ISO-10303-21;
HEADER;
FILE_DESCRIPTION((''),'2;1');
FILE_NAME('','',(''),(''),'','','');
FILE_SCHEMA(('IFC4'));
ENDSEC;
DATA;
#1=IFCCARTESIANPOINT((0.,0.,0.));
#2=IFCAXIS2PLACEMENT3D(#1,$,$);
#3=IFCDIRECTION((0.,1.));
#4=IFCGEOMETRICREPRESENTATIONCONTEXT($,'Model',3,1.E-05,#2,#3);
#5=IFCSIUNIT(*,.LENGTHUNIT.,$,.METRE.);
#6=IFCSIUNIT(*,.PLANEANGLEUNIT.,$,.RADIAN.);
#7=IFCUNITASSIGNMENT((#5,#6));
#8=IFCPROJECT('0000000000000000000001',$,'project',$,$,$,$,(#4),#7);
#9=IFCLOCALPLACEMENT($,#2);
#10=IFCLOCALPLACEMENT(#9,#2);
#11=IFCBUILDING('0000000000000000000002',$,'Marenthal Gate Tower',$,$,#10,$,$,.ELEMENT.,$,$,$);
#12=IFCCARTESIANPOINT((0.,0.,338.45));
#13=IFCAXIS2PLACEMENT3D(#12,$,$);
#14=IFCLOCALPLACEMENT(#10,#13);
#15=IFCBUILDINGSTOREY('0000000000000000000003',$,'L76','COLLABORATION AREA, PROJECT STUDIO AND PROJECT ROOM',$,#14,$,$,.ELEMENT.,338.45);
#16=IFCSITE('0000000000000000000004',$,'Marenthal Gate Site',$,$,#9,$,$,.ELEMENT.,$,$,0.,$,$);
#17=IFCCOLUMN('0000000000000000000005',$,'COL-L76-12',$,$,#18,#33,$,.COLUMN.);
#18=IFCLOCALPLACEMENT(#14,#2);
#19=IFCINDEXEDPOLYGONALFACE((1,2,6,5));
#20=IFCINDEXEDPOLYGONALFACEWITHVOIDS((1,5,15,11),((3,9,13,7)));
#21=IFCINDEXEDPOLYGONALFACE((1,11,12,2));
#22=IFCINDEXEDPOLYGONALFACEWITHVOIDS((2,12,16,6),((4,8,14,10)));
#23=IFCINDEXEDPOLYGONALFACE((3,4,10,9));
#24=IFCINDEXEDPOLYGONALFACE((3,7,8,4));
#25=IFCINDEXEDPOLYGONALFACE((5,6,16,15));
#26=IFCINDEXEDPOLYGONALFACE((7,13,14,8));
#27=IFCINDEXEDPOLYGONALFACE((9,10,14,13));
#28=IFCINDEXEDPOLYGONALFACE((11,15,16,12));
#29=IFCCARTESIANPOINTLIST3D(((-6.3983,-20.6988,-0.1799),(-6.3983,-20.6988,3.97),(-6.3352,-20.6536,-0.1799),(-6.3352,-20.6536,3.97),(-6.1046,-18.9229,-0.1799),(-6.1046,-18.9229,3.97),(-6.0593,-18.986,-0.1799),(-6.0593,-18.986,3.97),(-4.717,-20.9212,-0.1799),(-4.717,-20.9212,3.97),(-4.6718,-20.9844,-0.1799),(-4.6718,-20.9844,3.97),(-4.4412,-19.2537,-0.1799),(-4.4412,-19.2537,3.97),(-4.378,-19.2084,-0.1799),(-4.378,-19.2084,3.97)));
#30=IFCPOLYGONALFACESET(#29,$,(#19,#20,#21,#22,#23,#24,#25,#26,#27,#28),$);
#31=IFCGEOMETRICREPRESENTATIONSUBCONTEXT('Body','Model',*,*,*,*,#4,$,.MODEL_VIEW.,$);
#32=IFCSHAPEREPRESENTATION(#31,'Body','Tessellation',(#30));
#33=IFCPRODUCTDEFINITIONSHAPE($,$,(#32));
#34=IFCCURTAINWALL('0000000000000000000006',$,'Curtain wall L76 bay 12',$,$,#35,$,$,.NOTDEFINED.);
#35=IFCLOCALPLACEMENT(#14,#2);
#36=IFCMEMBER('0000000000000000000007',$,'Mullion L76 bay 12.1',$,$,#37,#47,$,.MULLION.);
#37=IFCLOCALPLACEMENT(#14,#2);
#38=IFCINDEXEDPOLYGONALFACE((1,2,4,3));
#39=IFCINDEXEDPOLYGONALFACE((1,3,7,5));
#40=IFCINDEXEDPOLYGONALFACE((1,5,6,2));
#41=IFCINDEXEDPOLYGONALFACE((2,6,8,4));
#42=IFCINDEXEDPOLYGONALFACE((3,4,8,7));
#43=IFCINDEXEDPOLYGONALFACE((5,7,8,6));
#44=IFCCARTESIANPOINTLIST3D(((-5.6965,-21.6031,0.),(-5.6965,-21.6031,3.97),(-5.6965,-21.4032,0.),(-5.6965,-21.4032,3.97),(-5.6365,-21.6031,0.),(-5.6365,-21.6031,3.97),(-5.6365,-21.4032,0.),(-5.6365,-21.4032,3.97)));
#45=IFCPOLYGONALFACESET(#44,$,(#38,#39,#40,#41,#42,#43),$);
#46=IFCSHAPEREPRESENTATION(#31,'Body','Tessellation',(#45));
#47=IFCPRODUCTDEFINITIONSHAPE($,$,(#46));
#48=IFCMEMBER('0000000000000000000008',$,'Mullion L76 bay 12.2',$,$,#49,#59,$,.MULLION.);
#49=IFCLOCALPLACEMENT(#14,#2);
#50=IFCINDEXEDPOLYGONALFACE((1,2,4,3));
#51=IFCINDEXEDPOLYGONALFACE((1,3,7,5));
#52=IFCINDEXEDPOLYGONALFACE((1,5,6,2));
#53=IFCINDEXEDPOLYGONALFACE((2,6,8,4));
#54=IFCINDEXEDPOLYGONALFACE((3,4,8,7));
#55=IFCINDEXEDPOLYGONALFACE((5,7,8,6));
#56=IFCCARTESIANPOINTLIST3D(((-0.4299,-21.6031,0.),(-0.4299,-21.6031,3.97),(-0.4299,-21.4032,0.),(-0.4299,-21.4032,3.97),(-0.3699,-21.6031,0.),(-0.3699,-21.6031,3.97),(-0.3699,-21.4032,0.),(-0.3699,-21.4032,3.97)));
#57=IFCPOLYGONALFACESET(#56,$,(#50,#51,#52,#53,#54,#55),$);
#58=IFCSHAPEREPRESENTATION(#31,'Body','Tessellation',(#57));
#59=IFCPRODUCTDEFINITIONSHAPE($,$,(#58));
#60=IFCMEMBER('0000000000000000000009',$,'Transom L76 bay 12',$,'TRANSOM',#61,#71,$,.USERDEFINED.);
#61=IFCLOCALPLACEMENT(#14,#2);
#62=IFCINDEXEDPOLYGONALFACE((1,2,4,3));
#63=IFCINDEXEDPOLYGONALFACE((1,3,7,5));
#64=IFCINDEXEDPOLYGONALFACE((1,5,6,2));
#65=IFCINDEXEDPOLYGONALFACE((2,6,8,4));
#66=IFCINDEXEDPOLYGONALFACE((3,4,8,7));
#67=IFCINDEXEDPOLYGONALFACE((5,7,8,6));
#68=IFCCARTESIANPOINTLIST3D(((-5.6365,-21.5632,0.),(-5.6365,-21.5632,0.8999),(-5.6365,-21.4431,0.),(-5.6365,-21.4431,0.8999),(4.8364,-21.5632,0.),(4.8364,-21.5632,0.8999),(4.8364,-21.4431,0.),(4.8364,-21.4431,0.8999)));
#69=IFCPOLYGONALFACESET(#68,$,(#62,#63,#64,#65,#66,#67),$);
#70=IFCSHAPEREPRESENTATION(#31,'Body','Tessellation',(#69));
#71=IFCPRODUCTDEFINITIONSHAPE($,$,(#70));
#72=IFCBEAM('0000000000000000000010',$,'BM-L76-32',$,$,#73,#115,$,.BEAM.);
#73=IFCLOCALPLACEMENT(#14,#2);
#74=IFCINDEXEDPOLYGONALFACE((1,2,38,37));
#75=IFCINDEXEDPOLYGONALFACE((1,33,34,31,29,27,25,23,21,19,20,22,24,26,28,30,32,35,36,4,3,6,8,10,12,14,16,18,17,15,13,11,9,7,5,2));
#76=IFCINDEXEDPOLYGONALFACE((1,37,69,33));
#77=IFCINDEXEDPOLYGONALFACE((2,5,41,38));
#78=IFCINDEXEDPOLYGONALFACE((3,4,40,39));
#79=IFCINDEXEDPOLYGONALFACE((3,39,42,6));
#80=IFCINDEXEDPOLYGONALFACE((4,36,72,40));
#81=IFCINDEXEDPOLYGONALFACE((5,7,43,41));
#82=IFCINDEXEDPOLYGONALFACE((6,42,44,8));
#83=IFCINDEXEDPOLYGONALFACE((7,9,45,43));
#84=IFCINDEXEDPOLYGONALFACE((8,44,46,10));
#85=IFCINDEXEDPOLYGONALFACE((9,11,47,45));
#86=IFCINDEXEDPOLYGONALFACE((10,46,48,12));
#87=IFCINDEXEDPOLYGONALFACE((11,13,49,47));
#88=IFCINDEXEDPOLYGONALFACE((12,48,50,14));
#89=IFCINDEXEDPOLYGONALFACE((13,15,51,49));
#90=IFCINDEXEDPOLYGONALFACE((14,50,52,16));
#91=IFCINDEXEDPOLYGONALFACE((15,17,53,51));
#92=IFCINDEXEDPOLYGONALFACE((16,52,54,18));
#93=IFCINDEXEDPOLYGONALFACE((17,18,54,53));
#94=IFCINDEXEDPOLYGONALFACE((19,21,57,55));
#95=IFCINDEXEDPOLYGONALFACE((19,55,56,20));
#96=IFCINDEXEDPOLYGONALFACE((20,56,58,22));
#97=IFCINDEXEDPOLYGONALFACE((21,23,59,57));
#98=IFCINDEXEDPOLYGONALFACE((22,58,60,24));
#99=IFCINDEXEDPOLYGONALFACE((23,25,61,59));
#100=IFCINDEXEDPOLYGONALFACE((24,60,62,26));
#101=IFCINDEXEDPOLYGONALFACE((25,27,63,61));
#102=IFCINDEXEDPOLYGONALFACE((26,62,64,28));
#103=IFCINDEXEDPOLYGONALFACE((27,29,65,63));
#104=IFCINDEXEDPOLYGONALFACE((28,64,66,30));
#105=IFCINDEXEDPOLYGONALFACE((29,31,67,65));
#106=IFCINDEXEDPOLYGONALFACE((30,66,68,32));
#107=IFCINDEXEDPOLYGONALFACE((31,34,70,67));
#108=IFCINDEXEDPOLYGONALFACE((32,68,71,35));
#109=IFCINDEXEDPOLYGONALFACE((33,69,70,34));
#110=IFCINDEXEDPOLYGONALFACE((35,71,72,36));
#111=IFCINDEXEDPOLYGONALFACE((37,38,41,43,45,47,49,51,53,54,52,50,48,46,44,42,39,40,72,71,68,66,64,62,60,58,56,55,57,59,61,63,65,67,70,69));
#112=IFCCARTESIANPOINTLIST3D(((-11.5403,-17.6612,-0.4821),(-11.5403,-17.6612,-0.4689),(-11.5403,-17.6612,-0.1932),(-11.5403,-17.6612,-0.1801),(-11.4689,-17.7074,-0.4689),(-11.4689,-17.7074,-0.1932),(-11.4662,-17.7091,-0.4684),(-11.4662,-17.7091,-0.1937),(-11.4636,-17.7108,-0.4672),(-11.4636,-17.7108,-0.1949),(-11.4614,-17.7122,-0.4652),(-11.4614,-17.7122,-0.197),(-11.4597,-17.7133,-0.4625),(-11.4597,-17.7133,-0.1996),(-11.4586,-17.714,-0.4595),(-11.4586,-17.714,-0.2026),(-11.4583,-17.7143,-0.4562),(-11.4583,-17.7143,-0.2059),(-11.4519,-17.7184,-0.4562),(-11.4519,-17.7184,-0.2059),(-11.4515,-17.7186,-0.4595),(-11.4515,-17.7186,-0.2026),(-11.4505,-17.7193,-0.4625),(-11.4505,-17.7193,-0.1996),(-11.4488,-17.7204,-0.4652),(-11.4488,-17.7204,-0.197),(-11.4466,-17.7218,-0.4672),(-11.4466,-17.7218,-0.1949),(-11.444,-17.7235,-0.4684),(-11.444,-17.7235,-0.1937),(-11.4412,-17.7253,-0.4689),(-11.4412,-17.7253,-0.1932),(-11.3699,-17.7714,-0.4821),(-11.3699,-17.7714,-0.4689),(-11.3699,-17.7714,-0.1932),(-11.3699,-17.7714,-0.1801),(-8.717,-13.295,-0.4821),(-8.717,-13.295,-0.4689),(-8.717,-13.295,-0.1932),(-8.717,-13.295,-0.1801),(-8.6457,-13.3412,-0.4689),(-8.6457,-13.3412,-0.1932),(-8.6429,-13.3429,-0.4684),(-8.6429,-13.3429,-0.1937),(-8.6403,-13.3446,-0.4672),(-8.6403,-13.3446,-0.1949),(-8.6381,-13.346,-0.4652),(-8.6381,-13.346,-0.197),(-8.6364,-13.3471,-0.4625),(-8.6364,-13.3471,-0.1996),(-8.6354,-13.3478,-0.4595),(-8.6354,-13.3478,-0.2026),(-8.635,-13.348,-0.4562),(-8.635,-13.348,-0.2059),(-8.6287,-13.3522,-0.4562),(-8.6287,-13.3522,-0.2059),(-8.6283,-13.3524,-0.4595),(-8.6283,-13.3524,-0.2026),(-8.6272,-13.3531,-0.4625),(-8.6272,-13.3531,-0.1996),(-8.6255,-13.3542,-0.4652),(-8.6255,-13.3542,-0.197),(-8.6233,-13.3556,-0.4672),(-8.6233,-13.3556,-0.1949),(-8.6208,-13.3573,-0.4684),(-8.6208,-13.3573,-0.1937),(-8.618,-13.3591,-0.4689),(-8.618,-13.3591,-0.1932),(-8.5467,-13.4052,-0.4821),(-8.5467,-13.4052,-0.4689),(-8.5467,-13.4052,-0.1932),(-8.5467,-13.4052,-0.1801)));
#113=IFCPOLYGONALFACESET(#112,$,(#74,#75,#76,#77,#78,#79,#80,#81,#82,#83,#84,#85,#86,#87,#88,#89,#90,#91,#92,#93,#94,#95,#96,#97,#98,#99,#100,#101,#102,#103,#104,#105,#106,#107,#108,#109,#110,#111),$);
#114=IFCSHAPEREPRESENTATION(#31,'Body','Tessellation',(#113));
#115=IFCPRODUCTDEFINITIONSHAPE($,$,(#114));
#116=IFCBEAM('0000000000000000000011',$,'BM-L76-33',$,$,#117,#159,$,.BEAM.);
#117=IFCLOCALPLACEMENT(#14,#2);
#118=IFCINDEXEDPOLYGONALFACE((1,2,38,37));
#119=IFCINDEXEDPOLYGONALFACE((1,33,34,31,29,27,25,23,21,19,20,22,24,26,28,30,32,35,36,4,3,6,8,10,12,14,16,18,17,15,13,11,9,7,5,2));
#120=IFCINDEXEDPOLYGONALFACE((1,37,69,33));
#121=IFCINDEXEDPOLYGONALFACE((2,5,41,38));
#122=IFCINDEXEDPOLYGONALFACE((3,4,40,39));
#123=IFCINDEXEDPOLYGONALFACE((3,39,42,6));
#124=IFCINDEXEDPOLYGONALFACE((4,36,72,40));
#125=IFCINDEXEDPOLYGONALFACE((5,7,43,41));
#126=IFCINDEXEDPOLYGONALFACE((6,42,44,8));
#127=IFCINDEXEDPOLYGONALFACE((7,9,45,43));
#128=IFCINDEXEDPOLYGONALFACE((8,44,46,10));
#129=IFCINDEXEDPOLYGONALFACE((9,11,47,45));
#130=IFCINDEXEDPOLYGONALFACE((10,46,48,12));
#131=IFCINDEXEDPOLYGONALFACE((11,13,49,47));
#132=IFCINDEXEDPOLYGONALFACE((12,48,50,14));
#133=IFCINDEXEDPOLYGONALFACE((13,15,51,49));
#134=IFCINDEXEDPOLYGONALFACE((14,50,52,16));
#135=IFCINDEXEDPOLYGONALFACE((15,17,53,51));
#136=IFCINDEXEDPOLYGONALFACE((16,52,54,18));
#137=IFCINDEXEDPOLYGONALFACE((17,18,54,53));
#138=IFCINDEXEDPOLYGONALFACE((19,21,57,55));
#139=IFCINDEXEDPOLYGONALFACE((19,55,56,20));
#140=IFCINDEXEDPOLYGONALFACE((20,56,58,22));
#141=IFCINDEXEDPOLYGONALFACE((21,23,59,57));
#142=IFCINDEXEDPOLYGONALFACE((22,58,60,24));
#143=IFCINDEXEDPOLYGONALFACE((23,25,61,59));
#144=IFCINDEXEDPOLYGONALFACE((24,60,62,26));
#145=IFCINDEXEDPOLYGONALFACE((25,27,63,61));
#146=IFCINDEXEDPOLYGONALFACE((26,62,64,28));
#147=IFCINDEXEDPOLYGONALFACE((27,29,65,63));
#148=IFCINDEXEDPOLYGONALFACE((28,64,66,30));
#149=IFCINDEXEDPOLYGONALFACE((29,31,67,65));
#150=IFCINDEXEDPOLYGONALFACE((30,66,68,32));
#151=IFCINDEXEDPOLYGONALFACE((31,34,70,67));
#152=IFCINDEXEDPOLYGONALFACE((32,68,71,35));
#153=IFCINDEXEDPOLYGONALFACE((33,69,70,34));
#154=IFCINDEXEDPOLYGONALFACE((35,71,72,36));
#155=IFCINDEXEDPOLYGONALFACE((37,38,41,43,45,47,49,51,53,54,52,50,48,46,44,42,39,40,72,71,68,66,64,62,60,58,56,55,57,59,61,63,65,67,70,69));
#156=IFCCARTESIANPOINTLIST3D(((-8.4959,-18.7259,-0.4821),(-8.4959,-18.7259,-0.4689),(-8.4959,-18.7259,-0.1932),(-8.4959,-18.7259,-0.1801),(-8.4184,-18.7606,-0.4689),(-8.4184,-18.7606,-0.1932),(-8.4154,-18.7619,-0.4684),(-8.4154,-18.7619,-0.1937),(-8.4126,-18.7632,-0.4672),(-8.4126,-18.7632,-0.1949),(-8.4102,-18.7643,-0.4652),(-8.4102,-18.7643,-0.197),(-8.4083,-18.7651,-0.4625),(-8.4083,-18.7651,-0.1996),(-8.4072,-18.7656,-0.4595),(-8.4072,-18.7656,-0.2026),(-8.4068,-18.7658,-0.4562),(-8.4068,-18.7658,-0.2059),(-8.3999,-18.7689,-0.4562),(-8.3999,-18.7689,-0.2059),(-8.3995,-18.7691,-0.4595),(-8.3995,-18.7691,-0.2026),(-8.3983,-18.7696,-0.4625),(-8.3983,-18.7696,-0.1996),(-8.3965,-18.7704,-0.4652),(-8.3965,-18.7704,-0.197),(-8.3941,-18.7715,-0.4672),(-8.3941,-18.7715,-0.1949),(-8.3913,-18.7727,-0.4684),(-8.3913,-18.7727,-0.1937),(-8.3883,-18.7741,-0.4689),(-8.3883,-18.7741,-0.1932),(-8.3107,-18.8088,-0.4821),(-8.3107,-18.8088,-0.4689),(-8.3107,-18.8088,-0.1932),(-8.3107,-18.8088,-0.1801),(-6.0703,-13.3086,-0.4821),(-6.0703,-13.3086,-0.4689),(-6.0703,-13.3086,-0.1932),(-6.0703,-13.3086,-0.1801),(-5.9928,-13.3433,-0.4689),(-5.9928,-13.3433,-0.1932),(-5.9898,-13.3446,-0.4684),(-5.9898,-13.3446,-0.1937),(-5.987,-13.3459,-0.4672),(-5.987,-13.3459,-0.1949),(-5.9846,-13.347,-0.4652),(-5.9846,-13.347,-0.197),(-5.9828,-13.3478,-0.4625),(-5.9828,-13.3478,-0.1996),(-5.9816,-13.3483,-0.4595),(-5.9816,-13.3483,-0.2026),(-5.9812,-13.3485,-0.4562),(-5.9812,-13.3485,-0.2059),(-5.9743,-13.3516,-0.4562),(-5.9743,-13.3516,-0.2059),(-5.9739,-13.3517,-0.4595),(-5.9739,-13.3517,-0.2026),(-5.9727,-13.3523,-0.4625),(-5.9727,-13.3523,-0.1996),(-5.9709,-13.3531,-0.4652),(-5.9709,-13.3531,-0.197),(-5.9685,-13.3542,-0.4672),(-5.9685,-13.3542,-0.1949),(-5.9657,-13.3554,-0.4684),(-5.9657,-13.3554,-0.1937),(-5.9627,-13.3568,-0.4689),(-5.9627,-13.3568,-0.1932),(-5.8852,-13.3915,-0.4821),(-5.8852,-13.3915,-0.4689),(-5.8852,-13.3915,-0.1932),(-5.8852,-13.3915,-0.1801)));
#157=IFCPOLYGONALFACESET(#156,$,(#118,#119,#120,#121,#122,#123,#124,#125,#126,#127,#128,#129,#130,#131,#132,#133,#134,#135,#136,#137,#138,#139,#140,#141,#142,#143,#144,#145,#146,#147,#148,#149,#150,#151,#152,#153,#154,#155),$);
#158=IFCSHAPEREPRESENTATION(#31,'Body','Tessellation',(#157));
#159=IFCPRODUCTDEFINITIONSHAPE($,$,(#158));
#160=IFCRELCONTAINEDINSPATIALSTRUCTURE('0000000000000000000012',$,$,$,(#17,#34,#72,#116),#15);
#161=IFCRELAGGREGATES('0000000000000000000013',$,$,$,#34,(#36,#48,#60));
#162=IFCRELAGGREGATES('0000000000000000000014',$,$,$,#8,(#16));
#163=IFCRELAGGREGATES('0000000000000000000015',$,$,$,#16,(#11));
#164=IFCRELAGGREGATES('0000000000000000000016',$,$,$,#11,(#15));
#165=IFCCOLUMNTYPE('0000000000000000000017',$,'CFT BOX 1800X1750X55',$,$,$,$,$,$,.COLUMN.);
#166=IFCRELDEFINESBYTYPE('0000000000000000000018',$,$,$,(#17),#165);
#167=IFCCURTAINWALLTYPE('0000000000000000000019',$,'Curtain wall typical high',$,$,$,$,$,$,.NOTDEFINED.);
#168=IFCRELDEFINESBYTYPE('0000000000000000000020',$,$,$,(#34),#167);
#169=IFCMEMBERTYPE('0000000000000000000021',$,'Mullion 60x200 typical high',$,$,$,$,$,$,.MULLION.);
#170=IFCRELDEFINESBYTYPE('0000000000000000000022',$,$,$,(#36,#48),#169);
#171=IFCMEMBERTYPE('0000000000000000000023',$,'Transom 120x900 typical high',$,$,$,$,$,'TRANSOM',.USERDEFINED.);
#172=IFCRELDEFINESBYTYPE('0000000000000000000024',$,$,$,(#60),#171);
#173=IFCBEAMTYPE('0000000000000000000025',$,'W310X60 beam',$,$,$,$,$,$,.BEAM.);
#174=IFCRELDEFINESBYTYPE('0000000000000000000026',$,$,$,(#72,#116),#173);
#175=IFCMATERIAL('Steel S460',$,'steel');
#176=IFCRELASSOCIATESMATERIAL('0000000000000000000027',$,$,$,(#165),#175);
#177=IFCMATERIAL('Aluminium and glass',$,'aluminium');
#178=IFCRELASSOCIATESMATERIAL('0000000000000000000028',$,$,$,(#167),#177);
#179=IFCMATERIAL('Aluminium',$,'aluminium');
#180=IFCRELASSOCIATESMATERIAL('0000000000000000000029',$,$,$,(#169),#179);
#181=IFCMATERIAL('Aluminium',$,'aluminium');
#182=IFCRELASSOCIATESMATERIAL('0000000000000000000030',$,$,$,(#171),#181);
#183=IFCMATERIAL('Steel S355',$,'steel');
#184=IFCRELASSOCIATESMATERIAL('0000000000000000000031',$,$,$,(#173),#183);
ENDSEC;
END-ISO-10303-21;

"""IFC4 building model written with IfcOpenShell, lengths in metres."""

from ifc_helpers import new_model, si_unit, direction, frame, origin, origin_2d, place, context, subcontext, project, spatial, rectangle, hollow_rectangle, i_section, extrude, material, material_profile, profile_set, type_object, element, aggregate, save


model = new_model("IFC4")

# Units and contexts
model_context = context("Model", 3, precision=1e-05, world=origin(), true_north=direction((0.0, 1.0)))
body_context = subcontext(model_context, "Body", "Model", "MODEL_VIEW")
ifc_project = project(units=[si_unit("LENGTHUNIT", "METRE"), si_unit("PLANEANGLEUNIT", "RADIAN")], contexts=[model_context])

# Site, building, storey
site_placement = place(None, origin())
site = spatial("IfcSite", under=ifc_project, at=site_placement, Name="Marenthal Gate Site", CompositionType="ELEMENT", RefElevation=0.0)
building_placement = place(site_placement, origin())
building = spatial("IfcBuilding", under=site, at=building_placement, Name="Marenthal Gate Tower", CompositionType="ELEMENT")
storey_placement = place(building_placement, frame((0.0, 0.0, 338.45)))
storey = spatial("IfcBuildingStorey", under=building, at=storey_placement, Name="L76", Description="COLLABORATION AREA, PROJECT STUDIO AND PROJECT ROOM", CompositionType="ELEMENT", Elevation=338.45)

# Column
ifc_material_1 = material(Name="Steel S460", Category="steel")
ifc_material_profile_1 = material_profile(ifc_material_1, hollow_rectangle(XDim=1.75, YDim=1.8, WallThickness=0.0549, at=origin_2d()), Name="CFT BOX 1800X1750X55")
ifc_material_2 = material(Name="Concrete 70 MPa", Category="concrete")
ifc_material_profile_2 = material_profile(ifc_material_2, rectangle(XDim=1.6399, YDim=1.6899, at=origin_2d()), Name="CFT BOX 1800X1750X55 INFILL")
ifc_profile_set_1 = profile_set([ifc_material_profile_1, ifc_material_profile_2], Name="Steel S460 shell, Concrete 70 MPa infill")
column_type = type_object("IfcColumnType", Name="CFT BOX 1800X1750X55", PredefinedType="COLUMN", material=ifc_profile_set_1)
column_placement = place(storey_placement, frame((-5.3882, -19.9536, -0.1799), z_axis=(0.0, 0.0, 1.0), x_axis=(-0.986595, 0.163188, 0.0)))
element("IfcColumn", 1, at=column_placement, inside=storey, type_object=column_type, Name="COL-L76-12", PredefinedType="COLUMN", context=body_context, shape_type="SweptSolid", body=[
    extrude(hollow_rectangle(XDim=1.75, YDim=1.8, WallThickness=0.0549, at=origin_2d()), origin(), (0.0, 0.0, 1.0), 4.1499),
])

# Curtain wall, members
ifc_material_3 = material(Name="Aluminium and glass", Category="aluminium")
curtain_wall_type = type_object("IfcCurtainWallType", Name="Curtain wall typical high", PredefinedType="NOTDEFINED", material=ifc_material_3)
curtain_wall_placement = place(storey_placement, origin())
curtain_wall = element("IfcCurtainWall", 2, at=curtain_wall_placement, inside=storey, type_object=curtain_wall_type, Name="Curtain wall L76 bay 12", PredefinedType="NOTDEFINED")
ifc_material_4 = material(Name="Aluminium", Category="aluminium")
ifc_material_profile_3 = material_profile(ifc_material_4, rectangle(XDim=0.2, YDim=0.0601, at=origin_2d()), Name="60x200 aluminium mullion")
ifc_profile_set_2 = profile_set([ifc_material_profile_3], Name="Aluminium")
member_type_1 = type_object("IfcMemberType", Name="Mullion 60x200 typical high", PredefinedType="MULLION", material=ifc_profile_set_2)
member_1_placement = place(storey_placement, frame((-5.6665, -21.5032, 0.0), z_axis=(0.0, 0.0, 1.0), x_axis=(0.0, 1.0, 0.0)))
member_1 = element("IfcMember", 3, at=member_1_placement, type_object=member_type_1, Name="Mullion L76 bay 12.1", PredefinedType="MULLION", context=body_context, shape_type="SweptSolid", body=[
    extrude(rectangle(XDim=0.2, YDim=0.0601, at=origin_2d()), origin(), (0.0, 0.0, 1.0), 3.97),
])
member_2_placement = place(storey_placement, frame((-0.3999, -21.5032, 0.0), z_axis=(0.0, 0.0, 1.0), x_axis=(0.0, 1.0, 0.0)))
member_2 = element("IfcMember", 4, at=member_2_placement, type_object=member_type_1, Name="Mullion L76 bay 12.2", PredefinedType="MULLION", context=body_context, shape_type="SweptSolid", body=[
    extrude(rectangle(XDim=0.2, YDim=0.0601, at=origin_2d()), origin(), (0.0, 0.0, 1.0), 3.97),
])
ifc_material_5 = material(Name="Aluminium", Category="aluminium")
ifc_material_profile_4 = material_profile(ifc_material_5, rectangle(XDim=0.1201, YDim=0.8999, at=origin_2d()), Name="120x900 aluminium transom")
ifc_profile_set_3 = profile_set([ifc_material_profile_4], Name="Aluminium")
member_type_2 = type_object("IfcMemberType", Name="Transom 120x900 typical high", ElementType="TRANSOM", PredefinedType="USERDEFINED", material=ifc_profile_set_3)
member_3_placement = place(storey_placement, frame((-5.6365, -21.5032, 0.45), z_axis=(1.0, 0.0, 0.0), x_axis=(0.0, 1.0, 0.0)))
member_3 = element("IfcMember", 5, at=member_3_placement, type_object=member_type_2, Name="Transom L76 bay 12", ObjectType="TRANSOM", PredefinedType="USERDEFINED", context=body_context, shape_type="SweptSolid", body=[
    extrude(rectangle(XDim=0.1201, YDim=0.8999, at=origin_2d()), origin(), (0.0, 0.0, 1.0), 10.4729),
])

# Beams
ifc_material_6 = material(Name="Steel S355", Category="steel")
ifc_material_profile_5 = material_profile(ifc_material_6, i_section(OverallWidth=0.2029, OverallDepth=0.302, WebThickness=0.0076, FlangeThickness=0.0132, FilletRadius=0.0127, at=origin_2d()), Name="W310X60")
ifc_profile_set_4 = profile_set([ifc_material_profile_5], Name="Steel S355")
beam_type_1 = type_object("IfcBeamType", Name="W310X60 beam", PredefinedType="BEAM", material=ifc_profile_set_4)
beam_1_placement = place(storey_placement, frame((-11.4551, -17.7163, -0.3311), z_axis=(0.542986, 0.839741, 0.0), x_axis=(-0.839741, 0.542986, 0.0)))
element("IfcBeam", 6, at=beam_1_placement, inside=storey, type_object=beam_type_1, Name="BM-L76-32", PredefinedType="BEAM", context=body_context, shape_type="SweptSolid", body=[
    extrude(i_section(OverallWidth=0.2029, OverallDepth=0.302, WebThickness=0.0076, FlangeThickness=0.0132, FilletRadius=0.0127, at=origin_2d()), origin(), (0.0, 0.0, 1.0), 5.1995),
])
beam_2_placement = place(storey_placement, frame((-8.4033, -18.7673, -0.3311), z_axis=(0.408652, 0.91269, 0.0), x_axis=(-0.91269, 0.408652, 0.0)))
element("IfcBeam", 7, at=beam_2_placement, inside=storey, type_object=beam_type_1, Name="BM-L76-33", PredefinedType="BEAM", context=body_context, shape_type="SweptSolid", body=[
    extrude(i_section(OverallWidth=0.2029, OverallDepth=0.302, WebThickness=0.0076, FlangeThickness=0.0132, FilletRadius=0.0127, at=origin_2d()), origin(), (0.0, 0.0, 1.0), 5.9355),
])

aggregate(curtain_wall, [member_1, member_2, member_3])

save(model, "model.ifc")
